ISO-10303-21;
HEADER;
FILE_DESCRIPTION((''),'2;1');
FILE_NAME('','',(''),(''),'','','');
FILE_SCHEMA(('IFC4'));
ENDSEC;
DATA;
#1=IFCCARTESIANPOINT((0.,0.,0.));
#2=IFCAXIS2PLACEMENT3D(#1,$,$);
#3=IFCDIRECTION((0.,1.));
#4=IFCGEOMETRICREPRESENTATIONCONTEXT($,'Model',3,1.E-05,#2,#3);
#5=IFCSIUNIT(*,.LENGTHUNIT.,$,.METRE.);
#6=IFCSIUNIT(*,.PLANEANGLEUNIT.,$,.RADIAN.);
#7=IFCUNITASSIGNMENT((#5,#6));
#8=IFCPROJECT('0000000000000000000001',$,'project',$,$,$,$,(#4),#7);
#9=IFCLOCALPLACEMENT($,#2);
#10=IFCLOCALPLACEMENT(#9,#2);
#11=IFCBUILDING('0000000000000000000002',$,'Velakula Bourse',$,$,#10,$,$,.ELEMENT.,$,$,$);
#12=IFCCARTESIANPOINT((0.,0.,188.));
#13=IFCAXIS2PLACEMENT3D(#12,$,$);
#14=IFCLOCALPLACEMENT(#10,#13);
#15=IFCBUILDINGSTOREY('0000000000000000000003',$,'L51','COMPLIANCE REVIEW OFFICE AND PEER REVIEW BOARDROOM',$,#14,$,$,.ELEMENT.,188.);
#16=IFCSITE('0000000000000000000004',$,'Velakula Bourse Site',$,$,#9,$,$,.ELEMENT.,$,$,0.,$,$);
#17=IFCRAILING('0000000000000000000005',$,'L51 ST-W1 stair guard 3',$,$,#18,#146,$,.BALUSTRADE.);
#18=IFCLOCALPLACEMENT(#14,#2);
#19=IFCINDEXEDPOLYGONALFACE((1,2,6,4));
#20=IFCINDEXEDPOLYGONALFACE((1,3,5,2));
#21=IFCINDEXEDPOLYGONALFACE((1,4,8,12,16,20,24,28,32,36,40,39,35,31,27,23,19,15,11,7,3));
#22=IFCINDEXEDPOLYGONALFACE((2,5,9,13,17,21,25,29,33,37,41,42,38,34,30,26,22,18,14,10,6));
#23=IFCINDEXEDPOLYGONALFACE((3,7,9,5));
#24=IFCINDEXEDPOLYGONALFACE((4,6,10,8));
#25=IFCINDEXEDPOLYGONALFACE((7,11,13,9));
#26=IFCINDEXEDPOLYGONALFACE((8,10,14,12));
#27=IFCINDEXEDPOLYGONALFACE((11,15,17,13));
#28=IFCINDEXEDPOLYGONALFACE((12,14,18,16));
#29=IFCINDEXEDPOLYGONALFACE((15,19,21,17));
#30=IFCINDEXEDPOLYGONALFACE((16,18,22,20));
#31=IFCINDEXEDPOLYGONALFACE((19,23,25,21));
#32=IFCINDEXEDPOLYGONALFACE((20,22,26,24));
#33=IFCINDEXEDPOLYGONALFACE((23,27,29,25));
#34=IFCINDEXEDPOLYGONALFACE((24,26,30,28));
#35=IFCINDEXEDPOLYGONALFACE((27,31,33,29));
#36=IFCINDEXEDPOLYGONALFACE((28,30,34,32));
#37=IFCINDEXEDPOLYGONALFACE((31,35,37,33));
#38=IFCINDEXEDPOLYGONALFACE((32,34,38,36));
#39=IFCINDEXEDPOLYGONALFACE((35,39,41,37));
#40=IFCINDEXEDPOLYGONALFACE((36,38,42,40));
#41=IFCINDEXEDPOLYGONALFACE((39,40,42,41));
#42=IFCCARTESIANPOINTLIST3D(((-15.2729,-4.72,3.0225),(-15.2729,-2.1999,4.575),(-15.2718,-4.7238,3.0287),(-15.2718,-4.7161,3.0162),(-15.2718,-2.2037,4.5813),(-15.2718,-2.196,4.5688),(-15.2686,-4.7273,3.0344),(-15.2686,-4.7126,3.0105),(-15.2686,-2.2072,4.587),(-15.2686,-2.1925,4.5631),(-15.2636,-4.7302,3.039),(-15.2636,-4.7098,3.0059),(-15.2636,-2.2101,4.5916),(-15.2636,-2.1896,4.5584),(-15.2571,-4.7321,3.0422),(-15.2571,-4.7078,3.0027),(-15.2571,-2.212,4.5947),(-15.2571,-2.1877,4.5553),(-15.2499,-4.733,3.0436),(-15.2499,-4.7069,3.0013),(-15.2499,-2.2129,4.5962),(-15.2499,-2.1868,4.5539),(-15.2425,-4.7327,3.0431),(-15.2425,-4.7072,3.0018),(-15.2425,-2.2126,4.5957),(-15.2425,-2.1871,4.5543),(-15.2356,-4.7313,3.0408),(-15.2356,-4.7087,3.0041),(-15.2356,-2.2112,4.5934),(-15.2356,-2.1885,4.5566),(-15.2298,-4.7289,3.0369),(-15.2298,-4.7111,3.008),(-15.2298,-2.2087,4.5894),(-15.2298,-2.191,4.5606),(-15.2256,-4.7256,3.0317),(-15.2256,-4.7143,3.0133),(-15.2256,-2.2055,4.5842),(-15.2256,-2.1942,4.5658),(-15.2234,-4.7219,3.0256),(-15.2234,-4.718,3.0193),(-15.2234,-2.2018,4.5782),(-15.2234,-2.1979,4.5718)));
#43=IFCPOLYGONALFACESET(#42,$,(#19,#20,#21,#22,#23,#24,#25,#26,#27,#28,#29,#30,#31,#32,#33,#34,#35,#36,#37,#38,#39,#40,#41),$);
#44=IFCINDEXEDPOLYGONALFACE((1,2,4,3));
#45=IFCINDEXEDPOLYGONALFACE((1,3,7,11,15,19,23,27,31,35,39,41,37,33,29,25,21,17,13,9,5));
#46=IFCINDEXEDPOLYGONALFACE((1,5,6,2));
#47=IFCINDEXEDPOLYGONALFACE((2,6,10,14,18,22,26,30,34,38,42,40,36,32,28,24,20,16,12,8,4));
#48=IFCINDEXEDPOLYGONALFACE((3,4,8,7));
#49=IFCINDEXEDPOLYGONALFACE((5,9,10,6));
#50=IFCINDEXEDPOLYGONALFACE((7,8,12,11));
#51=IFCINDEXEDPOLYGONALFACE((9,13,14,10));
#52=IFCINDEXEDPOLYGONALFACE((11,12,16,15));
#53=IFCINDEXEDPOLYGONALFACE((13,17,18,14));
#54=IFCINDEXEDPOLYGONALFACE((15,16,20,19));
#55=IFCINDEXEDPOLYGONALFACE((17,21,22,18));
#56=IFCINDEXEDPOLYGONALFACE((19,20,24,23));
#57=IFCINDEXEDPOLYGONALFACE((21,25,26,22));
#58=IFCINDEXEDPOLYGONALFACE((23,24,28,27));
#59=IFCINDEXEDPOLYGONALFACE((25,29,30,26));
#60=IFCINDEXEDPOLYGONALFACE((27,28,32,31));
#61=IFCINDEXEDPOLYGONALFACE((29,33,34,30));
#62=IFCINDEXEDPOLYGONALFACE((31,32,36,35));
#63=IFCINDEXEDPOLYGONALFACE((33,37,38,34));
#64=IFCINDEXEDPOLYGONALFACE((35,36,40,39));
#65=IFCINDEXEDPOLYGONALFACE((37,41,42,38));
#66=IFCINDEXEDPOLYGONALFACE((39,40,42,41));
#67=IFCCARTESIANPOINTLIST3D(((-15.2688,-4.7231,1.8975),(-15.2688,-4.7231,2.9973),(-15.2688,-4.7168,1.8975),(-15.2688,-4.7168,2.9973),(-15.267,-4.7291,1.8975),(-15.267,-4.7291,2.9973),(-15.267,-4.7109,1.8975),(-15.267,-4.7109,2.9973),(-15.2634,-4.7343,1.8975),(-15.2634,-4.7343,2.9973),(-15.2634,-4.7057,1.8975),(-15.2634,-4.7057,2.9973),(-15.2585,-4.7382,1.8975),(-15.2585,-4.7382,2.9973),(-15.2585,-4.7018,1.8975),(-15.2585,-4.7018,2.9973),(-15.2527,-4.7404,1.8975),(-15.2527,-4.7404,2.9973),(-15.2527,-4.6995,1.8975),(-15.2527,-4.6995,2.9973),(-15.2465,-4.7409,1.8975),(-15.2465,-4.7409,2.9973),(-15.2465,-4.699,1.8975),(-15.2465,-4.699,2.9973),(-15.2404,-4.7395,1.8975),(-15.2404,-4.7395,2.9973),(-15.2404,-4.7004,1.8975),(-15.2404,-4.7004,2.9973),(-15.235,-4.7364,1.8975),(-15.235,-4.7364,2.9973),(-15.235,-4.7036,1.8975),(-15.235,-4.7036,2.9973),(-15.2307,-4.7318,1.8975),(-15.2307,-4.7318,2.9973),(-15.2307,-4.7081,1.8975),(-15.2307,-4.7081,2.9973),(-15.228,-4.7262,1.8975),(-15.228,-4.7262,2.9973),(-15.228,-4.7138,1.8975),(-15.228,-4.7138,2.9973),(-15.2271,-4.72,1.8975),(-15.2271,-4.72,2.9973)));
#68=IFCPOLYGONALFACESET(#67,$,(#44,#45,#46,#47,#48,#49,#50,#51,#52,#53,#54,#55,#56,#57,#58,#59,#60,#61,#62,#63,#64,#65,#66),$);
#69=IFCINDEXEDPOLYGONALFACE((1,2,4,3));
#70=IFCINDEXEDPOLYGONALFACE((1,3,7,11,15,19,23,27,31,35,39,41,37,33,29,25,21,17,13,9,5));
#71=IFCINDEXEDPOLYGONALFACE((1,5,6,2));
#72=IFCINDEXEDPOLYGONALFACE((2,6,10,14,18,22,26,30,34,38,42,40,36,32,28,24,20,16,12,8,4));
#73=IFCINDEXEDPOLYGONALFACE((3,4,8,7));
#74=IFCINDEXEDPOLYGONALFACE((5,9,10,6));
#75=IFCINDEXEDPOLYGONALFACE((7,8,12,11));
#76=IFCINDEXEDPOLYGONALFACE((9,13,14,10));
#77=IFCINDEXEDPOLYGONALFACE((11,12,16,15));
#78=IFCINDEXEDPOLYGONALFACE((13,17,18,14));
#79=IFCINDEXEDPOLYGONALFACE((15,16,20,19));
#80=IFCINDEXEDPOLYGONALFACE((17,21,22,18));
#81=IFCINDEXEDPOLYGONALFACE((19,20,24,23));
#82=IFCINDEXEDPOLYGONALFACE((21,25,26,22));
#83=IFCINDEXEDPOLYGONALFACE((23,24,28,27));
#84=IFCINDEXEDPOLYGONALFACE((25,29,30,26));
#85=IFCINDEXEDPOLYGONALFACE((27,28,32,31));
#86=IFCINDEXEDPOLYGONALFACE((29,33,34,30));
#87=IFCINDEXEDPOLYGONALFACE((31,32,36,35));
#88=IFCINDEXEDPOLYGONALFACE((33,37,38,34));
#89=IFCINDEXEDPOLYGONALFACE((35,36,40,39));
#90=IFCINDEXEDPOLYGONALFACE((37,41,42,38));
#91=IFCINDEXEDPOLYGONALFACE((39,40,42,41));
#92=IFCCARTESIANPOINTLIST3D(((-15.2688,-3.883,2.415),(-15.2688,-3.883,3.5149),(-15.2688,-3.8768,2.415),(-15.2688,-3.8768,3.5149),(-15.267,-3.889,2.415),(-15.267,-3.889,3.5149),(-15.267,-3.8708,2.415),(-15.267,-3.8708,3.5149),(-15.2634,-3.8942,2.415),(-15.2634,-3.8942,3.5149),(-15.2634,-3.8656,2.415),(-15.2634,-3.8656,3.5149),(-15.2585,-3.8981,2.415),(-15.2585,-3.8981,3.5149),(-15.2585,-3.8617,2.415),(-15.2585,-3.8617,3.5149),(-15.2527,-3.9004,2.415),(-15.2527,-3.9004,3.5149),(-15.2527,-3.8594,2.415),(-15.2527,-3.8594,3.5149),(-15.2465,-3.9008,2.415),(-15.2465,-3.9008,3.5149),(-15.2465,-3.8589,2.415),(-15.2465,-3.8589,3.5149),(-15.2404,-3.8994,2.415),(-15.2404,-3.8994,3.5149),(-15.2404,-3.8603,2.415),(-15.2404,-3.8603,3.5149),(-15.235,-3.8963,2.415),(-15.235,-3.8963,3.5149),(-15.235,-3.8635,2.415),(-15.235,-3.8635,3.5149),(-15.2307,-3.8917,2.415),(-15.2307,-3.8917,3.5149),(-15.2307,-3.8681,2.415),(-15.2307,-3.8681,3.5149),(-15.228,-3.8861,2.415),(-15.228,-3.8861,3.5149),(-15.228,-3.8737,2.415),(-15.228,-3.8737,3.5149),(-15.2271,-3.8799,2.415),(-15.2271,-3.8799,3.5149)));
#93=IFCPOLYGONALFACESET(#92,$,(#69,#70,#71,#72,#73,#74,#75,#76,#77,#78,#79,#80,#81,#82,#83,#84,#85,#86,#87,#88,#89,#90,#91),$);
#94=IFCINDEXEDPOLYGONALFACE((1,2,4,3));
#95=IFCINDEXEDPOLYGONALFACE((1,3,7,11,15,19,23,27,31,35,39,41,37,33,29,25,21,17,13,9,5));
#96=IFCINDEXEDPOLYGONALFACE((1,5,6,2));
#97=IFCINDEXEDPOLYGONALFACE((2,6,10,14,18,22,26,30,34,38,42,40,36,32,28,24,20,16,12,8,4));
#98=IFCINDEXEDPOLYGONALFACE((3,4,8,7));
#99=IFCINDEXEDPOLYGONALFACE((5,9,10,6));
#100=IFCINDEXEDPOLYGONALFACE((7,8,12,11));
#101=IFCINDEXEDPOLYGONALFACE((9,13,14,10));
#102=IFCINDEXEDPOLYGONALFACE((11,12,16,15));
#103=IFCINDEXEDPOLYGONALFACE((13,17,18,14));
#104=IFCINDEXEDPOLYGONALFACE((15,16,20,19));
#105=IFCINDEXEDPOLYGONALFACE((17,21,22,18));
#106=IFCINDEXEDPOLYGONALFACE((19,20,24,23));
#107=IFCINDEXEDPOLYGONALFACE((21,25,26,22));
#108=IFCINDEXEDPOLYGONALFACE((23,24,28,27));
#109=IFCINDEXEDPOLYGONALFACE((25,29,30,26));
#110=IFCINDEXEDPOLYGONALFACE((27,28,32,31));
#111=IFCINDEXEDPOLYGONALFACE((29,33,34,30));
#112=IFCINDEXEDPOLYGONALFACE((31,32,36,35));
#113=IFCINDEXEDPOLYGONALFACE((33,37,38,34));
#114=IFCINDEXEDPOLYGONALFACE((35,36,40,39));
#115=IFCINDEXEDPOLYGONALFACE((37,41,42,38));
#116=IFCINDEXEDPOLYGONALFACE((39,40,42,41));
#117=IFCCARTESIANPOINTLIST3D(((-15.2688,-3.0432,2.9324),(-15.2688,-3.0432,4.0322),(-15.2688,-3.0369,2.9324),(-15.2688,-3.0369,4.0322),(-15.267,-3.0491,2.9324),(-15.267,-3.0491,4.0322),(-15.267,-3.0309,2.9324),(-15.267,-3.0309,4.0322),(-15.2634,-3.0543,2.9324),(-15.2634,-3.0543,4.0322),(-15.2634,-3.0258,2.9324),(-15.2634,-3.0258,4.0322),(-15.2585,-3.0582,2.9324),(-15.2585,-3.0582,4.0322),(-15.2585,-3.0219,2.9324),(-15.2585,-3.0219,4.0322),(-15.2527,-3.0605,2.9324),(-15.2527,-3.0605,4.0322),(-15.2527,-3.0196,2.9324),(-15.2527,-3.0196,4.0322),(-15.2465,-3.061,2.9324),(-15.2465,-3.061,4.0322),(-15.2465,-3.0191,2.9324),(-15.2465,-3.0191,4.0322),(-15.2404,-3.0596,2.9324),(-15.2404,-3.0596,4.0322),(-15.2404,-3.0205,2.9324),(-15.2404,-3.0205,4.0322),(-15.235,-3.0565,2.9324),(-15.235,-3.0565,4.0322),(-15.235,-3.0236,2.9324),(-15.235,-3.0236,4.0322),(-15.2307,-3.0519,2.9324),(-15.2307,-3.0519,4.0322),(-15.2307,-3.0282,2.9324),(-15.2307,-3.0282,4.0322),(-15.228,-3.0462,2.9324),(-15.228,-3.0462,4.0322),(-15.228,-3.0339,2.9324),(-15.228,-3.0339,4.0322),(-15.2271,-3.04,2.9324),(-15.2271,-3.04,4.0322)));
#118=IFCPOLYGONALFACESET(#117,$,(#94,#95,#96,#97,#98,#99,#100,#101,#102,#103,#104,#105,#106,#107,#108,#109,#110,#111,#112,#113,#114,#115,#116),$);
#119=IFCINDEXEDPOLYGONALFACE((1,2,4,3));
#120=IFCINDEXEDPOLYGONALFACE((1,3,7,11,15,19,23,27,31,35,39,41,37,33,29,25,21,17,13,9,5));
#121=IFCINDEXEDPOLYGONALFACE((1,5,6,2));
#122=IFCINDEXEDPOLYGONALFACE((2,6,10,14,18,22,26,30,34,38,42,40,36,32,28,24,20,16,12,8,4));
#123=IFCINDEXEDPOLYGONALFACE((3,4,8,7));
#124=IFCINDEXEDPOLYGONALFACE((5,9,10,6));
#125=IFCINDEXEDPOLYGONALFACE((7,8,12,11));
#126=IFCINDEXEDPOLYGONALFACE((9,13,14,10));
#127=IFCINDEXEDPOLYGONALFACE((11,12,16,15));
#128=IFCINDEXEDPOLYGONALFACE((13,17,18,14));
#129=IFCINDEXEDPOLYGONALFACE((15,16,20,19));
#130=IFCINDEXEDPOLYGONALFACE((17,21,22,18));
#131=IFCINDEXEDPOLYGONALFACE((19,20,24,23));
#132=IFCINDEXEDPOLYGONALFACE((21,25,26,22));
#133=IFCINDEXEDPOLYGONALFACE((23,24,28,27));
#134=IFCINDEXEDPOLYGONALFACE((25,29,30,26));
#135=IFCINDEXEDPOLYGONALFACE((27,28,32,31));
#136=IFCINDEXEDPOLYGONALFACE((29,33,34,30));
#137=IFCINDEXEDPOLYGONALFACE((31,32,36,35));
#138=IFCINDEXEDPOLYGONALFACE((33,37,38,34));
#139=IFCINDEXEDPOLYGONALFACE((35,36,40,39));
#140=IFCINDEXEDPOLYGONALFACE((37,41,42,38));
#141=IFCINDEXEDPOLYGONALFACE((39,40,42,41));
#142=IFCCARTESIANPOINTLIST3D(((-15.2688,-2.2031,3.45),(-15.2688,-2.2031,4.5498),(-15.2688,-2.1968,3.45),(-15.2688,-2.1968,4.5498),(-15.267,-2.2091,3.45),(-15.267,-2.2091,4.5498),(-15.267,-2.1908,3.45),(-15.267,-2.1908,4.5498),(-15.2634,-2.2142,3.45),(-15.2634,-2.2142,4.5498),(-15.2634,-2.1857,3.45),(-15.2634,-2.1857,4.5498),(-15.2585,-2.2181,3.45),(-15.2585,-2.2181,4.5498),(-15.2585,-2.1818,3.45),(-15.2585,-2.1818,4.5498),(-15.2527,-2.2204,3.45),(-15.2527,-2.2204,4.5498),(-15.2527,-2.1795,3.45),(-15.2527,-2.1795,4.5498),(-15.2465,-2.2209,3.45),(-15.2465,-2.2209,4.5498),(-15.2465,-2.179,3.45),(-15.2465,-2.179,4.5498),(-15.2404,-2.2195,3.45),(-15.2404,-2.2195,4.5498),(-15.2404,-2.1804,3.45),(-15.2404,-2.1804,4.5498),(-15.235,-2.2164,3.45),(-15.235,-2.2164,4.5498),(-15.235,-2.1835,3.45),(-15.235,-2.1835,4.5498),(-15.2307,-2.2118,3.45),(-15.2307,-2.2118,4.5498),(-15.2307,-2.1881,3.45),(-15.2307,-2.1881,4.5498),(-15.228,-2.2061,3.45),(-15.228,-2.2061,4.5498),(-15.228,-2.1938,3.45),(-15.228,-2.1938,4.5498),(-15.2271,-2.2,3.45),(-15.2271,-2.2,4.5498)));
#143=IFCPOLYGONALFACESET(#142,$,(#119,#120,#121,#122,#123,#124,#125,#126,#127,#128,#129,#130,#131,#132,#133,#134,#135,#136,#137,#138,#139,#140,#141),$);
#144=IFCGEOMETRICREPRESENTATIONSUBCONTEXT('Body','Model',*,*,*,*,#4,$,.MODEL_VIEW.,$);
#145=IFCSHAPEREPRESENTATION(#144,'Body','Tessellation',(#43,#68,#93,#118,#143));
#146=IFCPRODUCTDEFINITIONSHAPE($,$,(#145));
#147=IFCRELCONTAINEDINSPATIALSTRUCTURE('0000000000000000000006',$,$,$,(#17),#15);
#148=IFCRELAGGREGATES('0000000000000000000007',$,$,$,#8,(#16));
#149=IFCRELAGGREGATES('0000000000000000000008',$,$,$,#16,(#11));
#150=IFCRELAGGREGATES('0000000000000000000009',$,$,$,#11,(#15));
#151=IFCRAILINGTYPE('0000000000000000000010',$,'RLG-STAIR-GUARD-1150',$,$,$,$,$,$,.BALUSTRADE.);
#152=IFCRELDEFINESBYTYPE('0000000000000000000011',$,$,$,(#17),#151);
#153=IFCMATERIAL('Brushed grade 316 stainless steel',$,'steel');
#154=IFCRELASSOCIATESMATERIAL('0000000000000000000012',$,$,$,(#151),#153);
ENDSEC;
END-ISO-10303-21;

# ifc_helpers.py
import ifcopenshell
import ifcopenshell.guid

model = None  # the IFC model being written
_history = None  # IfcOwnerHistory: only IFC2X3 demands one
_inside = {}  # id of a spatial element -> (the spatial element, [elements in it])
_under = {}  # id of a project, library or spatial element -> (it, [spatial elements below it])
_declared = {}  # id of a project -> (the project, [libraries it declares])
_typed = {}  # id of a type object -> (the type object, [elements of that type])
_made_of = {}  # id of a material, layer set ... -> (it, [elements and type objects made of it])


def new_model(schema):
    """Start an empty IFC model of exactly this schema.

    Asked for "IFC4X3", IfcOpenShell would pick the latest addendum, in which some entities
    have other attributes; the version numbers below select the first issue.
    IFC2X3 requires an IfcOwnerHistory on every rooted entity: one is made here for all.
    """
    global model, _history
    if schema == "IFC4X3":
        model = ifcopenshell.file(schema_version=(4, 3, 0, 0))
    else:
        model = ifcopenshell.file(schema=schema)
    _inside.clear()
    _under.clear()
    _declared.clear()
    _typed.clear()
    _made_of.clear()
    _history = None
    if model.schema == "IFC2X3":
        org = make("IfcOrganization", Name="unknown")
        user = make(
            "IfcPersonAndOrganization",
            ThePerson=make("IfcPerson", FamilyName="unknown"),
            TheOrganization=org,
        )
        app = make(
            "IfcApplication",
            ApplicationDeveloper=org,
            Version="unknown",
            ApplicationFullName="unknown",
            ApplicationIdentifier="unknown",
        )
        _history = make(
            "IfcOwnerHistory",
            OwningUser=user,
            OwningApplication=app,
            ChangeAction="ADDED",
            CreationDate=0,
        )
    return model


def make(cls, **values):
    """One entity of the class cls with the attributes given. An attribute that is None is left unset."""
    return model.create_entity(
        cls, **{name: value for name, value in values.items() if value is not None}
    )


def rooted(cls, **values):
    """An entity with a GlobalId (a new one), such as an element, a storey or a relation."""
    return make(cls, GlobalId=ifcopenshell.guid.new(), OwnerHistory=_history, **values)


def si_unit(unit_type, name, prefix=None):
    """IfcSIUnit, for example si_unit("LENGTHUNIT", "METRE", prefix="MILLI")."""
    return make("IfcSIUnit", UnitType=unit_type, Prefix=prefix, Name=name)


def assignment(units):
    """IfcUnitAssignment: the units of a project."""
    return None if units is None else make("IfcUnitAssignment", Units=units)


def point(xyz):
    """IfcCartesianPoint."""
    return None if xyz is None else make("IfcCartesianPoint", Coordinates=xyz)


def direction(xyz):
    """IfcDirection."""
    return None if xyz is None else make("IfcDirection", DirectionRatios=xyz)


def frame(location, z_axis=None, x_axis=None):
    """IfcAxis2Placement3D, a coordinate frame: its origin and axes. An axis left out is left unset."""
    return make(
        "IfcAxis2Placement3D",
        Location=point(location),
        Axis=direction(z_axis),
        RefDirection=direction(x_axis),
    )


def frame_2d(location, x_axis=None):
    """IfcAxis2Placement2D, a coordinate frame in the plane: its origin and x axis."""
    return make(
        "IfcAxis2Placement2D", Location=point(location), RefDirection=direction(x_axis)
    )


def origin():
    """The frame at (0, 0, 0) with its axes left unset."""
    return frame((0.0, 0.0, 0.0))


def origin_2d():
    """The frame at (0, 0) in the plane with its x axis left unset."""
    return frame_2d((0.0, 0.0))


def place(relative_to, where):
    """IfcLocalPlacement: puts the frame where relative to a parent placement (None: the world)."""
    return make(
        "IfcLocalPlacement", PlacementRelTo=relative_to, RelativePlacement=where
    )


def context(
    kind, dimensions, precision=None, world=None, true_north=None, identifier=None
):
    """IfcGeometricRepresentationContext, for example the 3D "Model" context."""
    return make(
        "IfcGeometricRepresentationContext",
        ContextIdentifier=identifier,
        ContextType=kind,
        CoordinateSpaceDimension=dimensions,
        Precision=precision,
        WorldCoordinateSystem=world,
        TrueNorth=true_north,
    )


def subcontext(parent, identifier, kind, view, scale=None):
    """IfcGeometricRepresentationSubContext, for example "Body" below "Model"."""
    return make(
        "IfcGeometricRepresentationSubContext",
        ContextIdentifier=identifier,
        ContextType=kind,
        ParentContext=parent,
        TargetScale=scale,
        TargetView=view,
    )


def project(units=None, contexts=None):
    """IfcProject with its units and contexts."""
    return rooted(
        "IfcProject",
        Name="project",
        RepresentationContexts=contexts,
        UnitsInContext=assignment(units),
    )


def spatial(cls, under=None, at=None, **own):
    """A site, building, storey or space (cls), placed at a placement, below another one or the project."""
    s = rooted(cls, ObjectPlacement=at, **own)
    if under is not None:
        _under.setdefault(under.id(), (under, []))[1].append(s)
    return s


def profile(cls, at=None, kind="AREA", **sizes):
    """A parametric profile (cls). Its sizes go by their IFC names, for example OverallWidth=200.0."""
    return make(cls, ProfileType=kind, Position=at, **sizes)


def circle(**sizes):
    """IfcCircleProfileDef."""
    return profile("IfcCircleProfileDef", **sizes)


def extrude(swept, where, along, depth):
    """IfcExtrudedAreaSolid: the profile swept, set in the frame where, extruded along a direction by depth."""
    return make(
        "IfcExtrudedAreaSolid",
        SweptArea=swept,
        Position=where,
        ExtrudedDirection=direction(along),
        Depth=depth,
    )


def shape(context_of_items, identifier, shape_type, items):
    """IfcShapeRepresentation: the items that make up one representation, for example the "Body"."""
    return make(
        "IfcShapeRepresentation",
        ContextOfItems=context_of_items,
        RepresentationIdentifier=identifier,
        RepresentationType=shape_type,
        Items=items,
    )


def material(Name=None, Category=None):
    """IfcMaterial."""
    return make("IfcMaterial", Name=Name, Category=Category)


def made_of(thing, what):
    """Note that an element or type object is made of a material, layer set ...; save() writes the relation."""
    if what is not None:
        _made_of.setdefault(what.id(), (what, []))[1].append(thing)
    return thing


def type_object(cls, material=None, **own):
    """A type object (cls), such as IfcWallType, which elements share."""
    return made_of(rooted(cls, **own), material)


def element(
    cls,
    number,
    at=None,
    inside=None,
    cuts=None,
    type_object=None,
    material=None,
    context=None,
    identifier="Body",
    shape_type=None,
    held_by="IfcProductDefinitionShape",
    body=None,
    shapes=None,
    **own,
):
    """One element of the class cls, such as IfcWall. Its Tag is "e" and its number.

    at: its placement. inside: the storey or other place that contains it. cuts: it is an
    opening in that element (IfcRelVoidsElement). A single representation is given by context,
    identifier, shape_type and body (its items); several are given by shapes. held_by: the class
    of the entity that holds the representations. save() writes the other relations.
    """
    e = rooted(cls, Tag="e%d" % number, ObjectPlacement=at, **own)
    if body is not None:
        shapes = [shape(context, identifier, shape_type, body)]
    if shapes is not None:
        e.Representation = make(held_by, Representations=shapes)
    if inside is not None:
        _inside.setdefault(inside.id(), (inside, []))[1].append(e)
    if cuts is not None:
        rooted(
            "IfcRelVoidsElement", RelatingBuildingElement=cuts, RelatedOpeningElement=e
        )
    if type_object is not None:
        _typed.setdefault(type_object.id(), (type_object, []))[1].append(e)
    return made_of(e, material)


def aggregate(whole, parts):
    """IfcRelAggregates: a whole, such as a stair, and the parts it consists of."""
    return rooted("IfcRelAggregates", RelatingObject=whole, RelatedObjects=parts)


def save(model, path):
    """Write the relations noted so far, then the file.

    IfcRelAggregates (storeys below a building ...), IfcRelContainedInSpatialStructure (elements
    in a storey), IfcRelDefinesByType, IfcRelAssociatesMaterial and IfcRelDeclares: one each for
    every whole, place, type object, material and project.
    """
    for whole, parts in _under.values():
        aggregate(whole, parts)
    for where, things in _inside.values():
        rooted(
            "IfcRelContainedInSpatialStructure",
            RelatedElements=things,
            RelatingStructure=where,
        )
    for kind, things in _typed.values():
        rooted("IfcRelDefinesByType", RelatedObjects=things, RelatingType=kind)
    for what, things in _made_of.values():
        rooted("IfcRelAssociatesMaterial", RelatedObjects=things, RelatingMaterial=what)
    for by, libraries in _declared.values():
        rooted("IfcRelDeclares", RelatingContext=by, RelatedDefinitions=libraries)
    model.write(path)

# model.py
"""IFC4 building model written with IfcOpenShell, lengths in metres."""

from ifc_helpers import new_model, si_unit, direction, frame, origin, origin_2d, place, context, subcontext, project, spatial, circle, extrude, material, type_object, element, save


model = new_model("IFC4")

# Units and contexts
model_context = context("Model", 3, precision=1e-05, world=origin(), true_north=direction((0.0, 1.0)))
body_context = subcontext(model_context, "Body", "Model", "MODEL_VIEW")
ifc_project = project(units=[si_unit("LENGTHUNIT", "METRE"), si_unit("PLANEANGLEUNIT", "RADIAN")], contexts=[model_context])

# Site, building, storey
site_placement = place(None, origin())
site = spatial("IfcSite", under=ifc_project, at=site_placement, Name="Velakula Bourse Site", CompositionType="ELEMENT", RefElevation=0.0)
building_placement = place(site_placement, origin())
building = spatial("IfcBuilding", under=site, at=building_placement, Name="Velakula Bourse", CompositionType="ELEMENT")
storey_placement = place(building_placement, frame((0.0, 0.0, 188.0)))
storey = spatial("IfcBuildingStorey", under=building, at=storey_placement, Name="L51", Description="COMPLIANCE REVIEW OFFICE AND PEER REVIEW BOARDROOM", CompositionType="ELEMENT", Elevation=188.0)

# Shared definitions
ifc_material_1 = material(Name="Brushed grade 316 stainless steel", Category="steel")

# Railing
railing_type_1 = type_object("IfcRailingType", Name="RLG-STAIR-GUARD-1150", PredefinedType="BALUSTRADE", material=ifc_material_1)
railing_1_placement = place(storey_placement, frame((-15.248, -4.72, 1.8975)))
element("IfcRailing", 1, at=railing_1_placement, inside=storey, type_object=railing_type_1, Name="L51 ST-W1 stair guard 3", PredefinedType="BALUSTRADE", context=body_context, shape_type="SweptSolid", body=[
    extrude(circle(Radius=0.0249, at=origin_2d()), frame((0.0, 0.0, 1.125), z_axis=(0.0, 0.8514, 0.524516), x_axis=(-1.0, 0.0, 0.0)), (0.0, 0.0, 1.0), 2.96),
    extrude(circle(Radius=0.021, at=origin_2d()), origin(), (0.0, 0.0, 1.0), 1.0999),
    extrude(circle(Radius=0.021, at=origin_2d()), frame((0.0, 0.8401, 0.5176)), (0.0, 0.0, 1.0), 1.0999),
    extrude(circle(Radius=0.021, at=origin_2d()), frame((0.0, 1.6799, 1.0349)), (0.0, 0.0, 1.0), 1.0999),
    extrude(circle(Radius=0.021, at=origin_2d()), frame((0.0, 2.52, 1.5525)), (0.0, 0.0, 1.0), 1.0999),
])

save(model, "model.ifc")
